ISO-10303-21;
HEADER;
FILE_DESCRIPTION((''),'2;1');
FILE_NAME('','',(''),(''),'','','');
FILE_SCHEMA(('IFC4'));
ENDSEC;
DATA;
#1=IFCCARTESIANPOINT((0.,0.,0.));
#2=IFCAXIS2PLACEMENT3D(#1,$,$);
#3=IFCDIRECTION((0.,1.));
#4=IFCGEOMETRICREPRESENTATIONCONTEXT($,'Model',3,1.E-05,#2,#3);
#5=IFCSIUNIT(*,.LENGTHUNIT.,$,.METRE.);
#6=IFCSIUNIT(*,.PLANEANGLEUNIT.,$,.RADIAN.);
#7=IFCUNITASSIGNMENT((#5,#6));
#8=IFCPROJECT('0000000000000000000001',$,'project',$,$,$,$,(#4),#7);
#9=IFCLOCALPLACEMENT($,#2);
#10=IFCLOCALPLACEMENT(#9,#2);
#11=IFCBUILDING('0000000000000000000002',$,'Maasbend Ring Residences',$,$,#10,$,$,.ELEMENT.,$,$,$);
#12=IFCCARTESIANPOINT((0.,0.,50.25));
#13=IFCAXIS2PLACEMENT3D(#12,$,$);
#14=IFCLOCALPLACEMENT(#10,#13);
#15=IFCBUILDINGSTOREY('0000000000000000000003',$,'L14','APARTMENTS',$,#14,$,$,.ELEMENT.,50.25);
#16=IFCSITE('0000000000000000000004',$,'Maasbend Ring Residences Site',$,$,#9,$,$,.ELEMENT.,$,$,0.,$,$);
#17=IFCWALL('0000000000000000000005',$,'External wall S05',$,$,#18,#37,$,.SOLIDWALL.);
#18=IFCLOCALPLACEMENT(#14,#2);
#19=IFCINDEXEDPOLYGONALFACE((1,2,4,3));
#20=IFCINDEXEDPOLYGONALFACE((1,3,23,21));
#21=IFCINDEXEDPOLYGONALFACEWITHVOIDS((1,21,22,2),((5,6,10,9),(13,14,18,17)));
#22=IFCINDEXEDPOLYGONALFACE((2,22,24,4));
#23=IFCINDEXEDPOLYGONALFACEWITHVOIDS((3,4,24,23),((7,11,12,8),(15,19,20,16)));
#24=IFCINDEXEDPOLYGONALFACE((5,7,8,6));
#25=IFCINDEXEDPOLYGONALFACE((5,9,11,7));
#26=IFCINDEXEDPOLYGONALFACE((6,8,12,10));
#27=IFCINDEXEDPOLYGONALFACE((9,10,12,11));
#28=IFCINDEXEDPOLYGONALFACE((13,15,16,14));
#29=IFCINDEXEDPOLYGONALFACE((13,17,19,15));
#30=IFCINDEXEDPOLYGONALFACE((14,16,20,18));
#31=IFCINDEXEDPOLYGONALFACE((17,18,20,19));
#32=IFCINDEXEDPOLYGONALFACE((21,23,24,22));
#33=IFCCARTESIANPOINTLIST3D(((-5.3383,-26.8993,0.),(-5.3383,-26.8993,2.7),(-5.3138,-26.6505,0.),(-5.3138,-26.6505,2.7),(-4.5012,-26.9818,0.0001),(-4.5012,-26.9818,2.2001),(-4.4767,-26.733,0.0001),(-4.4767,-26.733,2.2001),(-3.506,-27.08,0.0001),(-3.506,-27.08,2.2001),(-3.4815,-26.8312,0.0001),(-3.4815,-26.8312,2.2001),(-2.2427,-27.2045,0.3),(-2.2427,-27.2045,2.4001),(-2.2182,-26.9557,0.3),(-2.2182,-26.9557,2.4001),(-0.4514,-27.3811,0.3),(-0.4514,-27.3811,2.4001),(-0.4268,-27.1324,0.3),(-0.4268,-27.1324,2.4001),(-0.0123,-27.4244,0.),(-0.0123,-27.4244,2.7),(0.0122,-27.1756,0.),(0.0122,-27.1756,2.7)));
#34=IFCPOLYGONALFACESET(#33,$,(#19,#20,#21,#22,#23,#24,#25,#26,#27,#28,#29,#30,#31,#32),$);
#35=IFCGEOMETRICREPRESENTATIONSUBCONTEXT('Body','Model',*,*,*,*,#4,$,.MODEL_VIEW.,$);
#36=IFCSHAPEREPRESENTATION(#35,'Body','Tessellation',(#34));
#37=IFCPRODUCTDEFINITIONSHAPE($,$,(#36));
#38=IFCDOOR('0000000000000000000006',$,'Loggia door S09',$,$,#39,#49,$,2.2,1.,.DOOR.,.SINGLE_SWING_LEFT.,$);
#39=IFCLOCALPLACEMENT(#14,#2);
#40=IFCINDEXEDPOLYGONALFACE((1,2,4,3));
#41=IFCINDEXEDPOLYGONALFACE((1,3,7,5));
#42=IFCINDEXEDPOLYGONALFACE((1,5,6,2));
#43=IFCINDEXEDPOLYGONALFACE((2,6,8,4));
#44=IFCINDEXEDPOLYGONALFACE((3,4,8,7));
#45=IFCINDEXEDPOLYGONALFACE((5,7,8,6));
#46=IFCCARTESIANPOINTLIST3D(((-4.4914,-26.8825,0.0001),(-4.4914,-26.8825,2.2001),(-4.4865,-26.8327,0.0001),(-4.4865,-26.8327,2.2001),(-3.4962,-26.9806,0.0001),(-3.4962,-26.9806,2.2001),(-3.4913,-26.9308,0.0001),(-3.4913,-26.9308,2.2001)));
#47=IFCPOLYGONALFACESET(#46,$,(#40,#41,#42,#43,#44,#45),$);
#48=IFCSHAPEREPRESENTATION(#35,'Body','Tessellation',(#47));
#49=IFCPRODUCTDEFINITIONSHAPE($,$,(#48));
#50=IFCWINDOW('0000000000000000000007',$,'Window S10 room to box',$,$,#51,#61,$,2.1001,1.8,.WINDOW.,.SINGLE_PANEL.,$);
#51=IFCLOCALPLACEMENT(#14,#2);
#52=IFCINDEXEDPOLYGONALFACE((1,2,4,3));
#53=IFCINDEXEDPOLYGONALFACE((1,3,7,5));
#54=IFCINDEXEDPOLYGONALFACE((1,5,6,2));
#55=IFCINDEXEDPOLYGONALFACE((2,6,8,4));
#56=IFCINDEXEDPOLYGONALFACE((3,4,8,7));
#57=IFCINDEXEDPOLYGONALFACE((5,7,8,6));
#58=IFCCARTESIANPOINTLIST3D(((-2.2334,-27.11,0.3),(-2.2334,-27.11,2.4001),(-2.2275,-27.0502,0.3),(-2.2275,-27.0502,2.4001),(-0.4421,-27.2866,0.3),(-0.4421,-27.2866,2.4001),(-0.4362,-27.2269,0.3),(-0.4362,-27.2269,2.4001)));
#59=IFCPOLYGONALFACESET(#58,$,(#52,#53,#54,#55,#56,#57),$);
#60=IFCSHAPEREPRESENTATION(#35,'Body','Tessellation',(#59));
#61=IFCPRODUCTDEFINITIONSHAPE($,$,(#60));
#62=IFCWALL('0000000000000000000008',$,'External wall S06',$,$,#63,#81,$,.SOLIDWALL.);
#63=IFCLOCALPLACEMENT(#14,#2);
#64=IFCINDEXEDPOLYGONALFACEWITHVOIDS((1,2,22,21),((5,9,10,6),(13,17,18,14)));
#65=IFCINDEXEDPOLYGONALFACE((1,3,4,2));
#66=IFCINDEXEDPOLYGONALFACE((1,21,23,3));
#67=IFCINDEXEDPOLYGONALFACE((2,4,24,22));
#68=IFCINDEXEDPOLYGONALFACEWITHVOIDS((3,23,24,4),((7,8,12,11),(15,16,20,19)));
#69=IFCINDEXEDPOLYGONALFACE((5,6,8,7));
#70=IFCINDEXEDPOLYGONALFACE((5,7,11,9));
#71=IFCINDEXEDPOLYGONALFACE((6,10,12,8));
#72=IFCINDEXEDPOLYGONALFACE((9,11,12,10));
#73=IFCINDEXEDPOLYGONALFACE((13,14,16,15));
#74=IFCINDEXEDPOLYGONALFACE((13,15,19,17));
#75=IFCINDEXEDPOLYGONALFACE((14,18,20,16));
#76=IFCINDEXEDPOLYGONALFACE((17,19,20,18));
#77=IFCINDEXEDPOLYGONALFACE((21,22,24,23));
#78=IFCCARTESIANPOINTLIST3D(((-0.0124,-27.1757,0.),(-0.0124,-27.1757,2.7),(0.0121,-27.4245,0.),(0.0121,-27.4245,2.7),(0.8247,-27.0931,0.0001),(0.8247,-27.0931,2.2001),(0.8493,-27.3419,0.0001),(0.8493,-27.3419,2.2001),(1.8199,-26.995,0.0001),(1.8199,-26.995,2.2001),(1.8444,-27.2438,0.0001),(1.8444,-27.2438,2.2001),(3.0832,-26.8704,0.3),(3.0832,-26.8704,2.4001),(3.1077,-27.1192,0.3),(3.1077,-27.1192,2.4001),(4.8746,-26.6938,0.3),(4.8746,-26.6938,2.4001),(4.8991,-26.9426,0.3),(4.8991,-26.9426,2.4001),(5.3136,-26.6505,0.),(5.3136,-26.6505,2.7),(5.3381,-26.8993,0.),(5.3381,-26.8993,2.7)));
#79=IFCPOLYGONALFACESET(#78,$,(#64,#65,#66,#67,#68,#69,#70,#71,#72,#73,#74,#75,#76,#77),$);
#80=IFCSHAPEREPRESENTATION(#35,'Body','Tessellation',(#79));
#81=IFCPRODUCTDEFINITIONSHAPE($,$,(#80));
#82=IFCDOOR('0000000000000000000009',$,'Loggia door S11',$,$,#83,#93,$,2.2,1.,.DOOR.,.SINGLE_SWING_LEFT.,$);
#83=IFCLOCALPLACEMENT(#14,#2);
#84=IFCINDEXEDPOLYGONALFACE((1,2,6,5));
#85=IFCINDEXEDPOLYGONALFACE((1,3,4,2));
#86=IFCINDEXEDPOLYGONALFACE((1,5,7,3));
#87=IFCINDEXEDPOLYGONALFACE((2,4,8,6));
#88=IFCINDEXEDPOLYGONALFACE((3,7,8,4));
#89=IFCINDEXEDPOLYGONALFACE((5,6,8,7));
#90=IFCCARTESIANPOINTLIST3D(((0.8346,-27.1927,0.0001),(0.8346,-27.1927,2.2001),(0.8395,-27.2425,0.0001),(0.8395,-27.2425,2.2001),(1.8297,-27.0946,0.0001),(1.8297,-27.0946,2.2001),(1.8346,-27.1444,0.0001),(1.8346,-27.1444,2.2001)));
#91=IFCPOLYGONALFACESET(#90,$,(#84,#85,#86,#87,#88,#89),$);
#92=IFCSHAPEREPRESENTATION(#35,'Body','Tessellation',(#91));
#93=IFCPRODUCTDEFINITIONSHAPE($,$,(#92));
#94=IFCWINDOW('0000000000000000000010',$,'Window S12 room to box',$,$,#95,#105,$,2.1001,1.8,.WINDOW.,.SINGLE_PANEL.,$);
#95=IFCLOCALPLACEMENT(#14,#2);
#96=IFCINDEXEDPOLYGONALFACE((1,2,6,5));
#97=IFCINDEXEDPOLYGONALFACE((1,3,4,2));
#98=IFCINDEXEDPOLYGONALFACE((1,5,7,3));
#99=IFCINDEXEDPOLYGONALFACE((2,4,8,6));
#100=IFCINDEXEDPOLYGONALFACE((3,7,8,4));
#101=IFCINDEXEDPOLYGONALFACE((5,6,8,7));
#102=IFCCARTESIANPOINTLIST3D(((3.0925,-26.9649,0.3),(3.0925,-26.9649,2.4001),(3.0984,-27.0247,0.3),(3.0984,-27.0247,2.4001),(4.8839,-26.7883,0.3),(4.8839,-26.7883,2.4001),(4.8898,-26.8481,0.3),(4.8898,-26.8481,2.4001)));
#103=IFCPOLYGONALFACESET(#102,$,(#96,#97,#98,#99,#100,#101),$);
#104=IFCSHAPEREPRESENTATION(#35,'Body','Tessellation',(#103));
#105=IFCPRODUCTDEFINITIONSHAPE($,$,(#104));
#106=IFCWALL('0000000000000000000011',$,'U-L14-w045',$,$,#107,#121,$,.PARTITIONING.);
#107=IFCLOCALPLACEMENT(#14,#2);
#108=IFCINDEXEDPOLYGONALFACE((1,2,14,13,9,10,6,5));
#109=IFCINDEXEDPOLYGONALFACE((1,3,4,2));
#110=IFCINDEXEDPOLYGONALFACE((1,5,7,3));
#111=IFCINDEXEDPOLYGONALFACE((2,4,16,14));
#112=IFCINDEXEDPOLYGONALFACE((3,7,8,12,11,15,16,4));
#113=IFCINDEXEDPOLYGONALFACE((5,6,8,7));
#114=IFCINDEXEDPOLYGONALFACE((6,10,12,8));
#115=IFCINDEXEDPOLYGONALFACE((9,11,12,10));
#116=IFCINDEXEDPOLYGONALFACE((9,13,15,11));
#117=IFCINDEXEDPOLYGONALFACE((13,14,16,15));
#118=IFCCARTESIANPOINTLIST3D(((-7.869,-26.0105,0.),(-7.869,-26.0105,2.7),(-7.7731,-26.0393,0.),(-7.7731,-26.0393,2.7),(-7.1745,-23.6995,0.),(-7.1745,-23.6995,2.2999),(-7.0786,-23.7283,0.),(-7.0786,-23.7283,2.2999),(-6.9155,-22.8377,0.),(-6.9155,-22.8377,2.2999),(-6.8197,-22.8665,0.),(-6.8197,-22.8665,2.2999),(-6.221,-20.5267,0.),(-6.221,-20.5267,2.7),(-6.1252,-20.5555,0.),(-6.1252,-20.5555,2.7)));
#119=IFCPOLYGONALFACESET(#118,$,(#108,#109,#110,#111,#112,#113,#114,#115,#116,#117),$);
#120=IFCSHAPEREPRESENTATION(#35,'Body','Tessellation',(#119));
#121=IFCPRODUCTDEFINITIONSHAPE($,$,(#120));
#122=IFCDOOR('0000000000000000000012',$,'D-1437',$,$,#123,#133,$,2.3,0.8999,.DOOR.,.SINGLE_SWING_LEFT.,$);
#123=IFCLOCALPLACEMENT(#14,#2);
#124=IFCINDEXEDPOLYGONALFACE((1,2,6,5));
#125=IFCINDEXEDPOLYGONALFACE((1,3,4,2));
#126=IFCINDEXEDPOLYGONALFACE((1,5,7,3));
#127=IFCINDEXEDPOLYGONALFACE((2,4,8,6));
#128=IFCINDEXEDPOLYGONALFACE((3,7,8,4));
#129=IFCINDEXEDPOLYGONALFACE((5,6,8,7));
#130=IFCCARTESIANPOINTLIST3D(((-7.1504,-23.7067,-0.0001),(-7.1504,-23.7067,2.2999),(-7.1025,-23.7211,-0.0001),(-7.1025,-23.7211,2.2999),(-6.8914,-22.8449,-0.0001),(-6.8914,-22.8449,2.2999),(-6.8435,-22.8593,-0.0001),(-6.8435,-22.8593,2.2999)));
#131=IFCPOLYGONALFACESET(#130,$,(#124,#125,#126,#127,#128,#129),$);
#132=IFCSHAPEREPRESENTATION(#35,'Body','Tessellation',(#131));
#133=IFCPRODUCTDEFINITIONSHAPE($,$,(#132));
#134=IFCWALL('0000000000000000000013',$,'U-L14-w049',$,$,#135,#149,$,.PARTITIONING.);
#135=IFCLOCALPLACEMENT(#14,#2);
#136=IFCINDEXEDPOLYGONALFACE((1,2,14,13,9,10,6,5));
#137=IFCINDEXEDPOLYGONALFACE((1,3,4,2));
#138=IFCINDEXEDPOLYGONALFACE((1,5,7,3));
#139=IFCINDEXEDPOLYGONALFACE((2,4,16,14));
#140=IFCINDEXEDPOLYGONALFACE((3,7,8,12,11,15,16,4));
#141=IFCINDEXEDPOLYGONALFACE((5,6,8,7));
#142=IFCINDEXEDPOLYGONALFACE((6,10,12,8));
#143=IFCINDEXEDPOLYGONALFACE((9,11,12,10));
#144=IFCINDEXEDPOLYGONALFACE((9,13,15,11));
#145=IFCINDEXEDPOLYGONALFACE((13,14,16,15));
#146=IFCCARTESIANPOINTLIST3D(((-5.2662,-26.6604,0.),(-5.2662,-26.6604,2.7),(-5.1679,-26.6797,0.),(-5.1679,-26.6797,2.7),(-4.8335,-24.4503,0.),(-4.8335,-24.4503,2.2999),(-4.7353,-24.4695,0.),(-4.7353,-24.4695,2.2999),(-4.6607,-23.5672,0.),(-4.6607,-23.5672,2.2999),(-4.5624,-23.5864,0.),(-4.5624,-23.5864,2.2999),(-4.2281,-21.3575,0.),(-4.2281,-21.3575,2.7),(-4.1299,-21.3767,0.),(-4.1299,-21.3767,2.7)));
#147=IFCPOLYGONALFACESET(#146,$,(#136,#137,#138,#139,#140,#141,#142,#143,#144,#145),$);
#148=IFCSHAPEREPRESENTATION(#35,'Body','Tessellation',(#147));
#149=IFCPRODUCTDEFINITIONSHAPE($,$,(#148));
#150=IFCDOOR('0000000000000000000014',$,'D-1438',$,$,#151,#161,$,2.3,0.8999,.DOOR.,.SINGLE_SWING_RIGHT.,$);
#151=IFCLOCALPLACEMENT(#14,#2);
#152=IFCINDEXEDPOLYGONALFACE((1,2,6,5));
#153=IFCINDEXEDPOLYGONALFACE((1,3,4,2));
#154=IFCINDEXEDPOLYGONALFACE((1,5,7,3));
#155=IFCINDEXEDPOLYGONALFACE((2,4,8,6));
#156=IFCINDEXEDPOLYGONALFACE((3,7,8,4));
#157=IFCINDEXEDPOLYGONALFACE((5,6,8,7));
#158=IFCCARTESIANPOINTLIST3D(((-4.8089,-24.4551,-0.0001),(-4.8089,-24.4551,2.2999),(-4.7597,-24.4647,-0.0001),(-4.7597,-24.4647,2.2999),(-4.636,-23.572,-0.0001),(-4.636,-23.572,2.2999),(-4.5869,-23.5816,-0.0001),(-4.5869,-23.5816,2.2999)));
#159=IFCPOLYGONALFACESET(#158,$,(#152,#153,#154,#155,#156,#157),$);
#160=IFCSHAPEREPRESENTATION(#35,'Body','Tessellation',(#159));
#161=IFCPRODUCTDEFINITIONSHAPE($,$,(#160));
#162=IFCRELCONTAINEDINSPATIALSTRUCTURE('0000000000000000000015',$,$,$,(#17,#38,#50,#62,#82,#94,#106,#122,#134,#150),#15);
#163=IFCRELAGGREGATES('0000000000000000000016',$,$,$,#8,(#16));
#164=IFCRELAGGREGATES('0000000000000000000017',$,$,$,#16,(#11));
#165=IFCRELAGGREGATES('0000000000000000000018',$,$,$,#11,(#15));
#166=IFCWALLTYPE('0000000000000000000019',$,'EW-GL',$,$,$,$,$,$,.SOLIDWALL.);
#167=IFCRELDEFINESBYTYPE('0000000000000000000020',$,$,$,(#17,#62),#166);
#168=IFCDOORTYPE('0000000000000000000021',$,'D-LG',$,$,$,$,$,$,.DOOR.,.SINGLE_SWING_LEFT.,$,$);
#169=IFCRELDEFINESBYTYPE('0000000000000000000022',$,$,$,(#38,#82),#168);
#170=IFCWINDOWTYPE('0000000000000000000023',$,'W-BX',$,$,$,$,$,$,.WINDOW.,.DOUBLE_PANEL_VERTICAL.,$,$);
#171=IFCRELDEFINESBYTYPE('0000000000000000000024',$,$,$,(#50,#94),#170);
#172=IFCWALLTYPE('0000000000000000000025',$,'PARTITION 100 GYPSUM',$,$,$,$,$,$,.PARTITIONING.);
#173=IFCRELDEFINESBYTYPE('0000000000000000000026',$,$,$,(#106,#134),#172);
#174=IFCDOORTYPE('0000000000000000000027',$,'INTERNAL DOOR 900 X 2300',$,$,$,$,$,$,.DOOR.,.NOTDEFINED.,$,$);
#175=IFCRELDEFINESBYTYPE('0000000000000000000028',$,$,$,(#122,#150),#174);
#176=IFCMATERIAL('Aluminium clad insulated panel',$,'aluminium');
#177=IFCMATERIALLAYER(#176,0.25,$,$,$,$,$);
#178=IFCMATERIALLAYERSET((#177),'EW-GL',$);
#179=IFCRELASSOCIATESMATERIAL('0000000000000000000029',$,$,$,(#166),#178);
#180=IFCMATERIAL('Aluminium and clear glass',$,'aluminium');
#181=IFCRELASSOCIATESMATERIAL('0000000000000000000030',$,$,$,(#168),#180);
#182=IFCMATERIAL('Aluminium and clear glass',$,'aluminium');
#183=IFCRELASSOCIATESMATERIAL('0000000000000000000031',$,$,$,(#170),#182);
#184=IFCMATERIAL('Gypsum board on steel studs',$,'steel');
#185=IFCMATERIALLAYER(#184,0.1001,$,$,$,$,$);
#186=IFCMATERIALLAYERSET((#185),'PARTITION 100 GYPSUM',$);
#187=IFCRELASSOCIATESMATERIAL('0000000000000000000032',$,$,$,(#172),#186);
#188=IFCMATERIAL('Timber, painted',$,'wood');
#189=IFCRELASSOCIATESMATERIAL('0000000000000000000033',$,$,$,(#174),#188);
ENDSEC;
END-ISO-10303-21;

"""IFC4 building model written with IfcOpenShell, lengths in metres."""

from ifc_helpers import new_model, si_unit, direction, frame, frame_2d, origin, place, context, subcontext, project, spatial, rectangle, extrude, material, layer, layer_set, type_object, element, fill, save


model = new_model("IFC4")

# Units and contexts
model_context = context("Model", 3, precision=1e-05, world=origin(), true_north=direction((0.0, 1.0)))
body_context = subcontext(model_context, "Body", "Model", "MODEL_VIEW")
ifc_project = project(units=[si_unit("LENGTHUNIT", "METRE"), si_unit("PLANEANGLEUNIT", "RADIAN")], contexts=[model_context])

# Site, building, storey
site_placement = place(None, origin())
site = spatial("IfcSite", under=ifc_project, at=site_placement, Name="Maasbend Ring Residences Site", CompositionType="ELEMENT", RefElevation=0.0)
building_placement = place(site_placement, origin())
building = spatial("IfcBuilding", under=site, at=building_placement, Name="Maasbend Ring Residences", CompositionType="ELEMENT")
storey_placement = place(building_placement, frame((0.0, 0.0, 50.25)))
storey = spatial("IfcBuildingStorey", under=building, at=storey_placement, Name="L14", Description="APARTMENTS", CompositionType="ELEMENT", Elevation=50.25)

# Walls, openings, doors, windows
ifc_material_1 = material(Name="Aluminium clad insulated panel", Category="aluminium")
ifc_layer_1 = layer(ifc_material_1, 0.25)
ifc_layer_set_1 = layer_set([ifc_layer_1], Name="EW-GL")
wall_type_1 = type_object("IfcWallType", Name="EW-GL", PredefinedType="SOLIDWALL", material=ifc_layer_set_1)
wall_1_placement = place(storey_placement, frame((-5.3259, -26.7749, 0.0), z_axis=(0.0, 0.0, 1.0), x_axis=(0.995174, -0.098126, 0.0)))
wall_1 = element("IfcWall", 1, at=wall_1_placement, inside=storey, type_object=wall_type_1, Name="External wall S05", PredefinedType="SOLIDWALL", context=body_context, shape_type="SweptSolid", body=[
    extrude(rectangle(XDim=5.3518, YDim=0.25, at=frame_2d((2.6758, 0.0))), origin(), (0.0, 0.0, 1.0), 2.7),
])
opening_1_placement = place(wall_1_placement, frame((0.8411, 0.0, 0.0)))
opening_1 = element("IfcOpeningElement", 2, at=opening_1_placement, cuts=wall_1, PredefinedType="OPENING", context=body_context, shape_type="SweptSolid", body=[
    extrude(rectangle(XDim=1.0, YDim=2.2, at=frame_2d((0.5, 1.1001))), frame((0.0, 0.135, 0.0), z_axis=(0.0, -1.0, 0.0), x_axis=(1.0, 0.0, 0.0)), (0.0, 0.0, 1.0), 0.27),
])
opening_2_placement = place(wall_1_placement, frame((3.1106, 0.0, 0.3)))
opening_2 = element("IfcOpeningElement", 3, at=opening_2_placement, cuts=wall_1, PredefinedType="OPENING", context=body_context, shape_type="SweptSolid", body=[
    extrude(rectangle(XDim=1.8, YDim=2.1001, at=frame_2d((0.8999, 1.05))), frame((0.0, 0.135, 0.0), z_axis=(0.0, -1.0, 0.0), x_axis=(1.0, 0.0, 0.0)), (0.0, 0.0, 1.0), 0.27),
])
ifc_material_2 = material(Name="Aluminium and clear glass", Category="aluminium")
door_type_1 = type_object("IfcDoorType", Name="D-LG", OperationType="SINGLE_SWING_LEFT", PredefinedType="DOOR", material=ifc_material_2)
door_1_placement = place(opening_1_placement, origin())
door_1 = element("IfcDoor", 4, at=door_1_placement, inside=storey, type_object=door_type_1, Name="Loggia door S09", OperationType="SINGLE_SWING_LEFT", OverallHeight=2.2, OverallWidth=1.0, PredefinedType="DOOR", context=body_context, shape_type="SweptSolid", body=[
    extrude(rectangle(XDim=1.0, YDim=2.2, at=frame_2d((0.5, 1.1001))), frame((0.0, 0.0249, 0.0), z_axis=(0.0, -1.0, 0.0), x_axis=(1.0, 0.0, 0.0)), (0.0, 0.0, 1.0), 0.05),
])
fill(opening_1, door_1)
ifc_material_3 = material(Name="Aluminium and clear glass", Category="aluminium")
window_type_1 = type_object("IfcWindowType", Name="W-BX", PartitioningType="DOUBLE_PANEL_VERTICAL", PredefinedType="WINDOW", material=ifc_material_3)
window_1_placement = place(opening_2_placement, origin())
window_1 = element("IfcWindow", 5, at=window_1_placement, inside=storey, type_object=window_type_1, Name="Window S10 room to box", OverallHeight=2.1001, OverallWidth=1.8, PartitioningType="SINGLE_PANEL", PredefinedType="WINDOW", context=body_context, shape_type="SweptSolid", body=[
    extrude(rectangle(XDim=1.8, YDim=2.1001, at=frame_2d((0.8999, 1.05))), frame((0.0, 0.03, 0.0), z_axis=(0.0, -1.0, 0.0), x_axis=(1.0, 0.0, 0.0)), (0.0, 0.0, 1.0), 0.0601),
])
fill(opening_2, window_1)
wall_2_placement = place(storey_placement, frame((0.0, -27.3, 0.0), z_axis=(0.0, 0.0, 1.0), x_axis=(0.995174, 0.098126, 0.0)))
wall_2 = element("IfcWall", 6, at=wall_2_placement, inside=storey, type_object=wall_type_1, Name="External wall S06", PredefinedType="SOLIDWALL", context=body_context, shape_type="SweptSolid", body=[
    extrude(rectangle(XDim=5.3518, YDim=0.25, at=frame_2d((2.6758, 0.0))), origin(), (0.0, 0.0, 1.0), 2.7),
])
opening_3_placement = place(wall_2_placement, frame((0.8411, 0.0, 0.0)))
opening_3 = element("IfcOpeningElement", 7, at=opening_3_placement, cuts=wall_2, PredefinedType="OPENING", context=body_context, shape_type="SweptSolid", body=[
    extrude(rectangle(XDim=1.0, YDim=2.2, at=frame_2d((0.5, 1.1001))), frame((0.0, 0.135, 0.0), z_axis=(0.0, -1.0, 0.0), x_axis=(1.0, 0.0, 0.0)), (0.0, 0.0, 1.0), 0.27),
])
opening_4_placement = place(wall_2_placement, frame((3.1106, 0.0, 0.3)))
opening_4 = element("IfcOpeningElement", 8, at=opening_4_placement, cuts=wall_2, PredefinedType="OPENING", context=body_context, shape_type="SweptSolid", body=[
    extrude(rectangle(XDim=1.8, YDim=2.1001, at=frame_2d((0.8999, 1.05))), frame((0.0, 0.135, 0.0), z_axis=(0.0, -1.0, 0.0), x_axis=(1.0, 0.0, 0.0)), (0.0, 0.0, 1.0), 0.27),
])
door_2_placement = place(opening_3_placement, origin())
door_2 = element("IfcDoor", 9, at=door_2_placement, inside=storey, type_object=door_type_1, Name="Loggia door S11", OperationType="SINGLE_SWING_LEFT", OverallHeight=2.2, OverallWidth=1.0, PredefinedType="DOOR", context=body_context, shape_type="SweptSolid", body=[
    extrude(rectangle(XDim=1.0, YDim=2.2, at=frame_2d((0.5, 1.1001))), frame((0.0, 0.0249, 0.0), z_axis=(0.0, -1.0, 0.0), x_axis=(1.0, 0.0, 0.0)), (0.0, 0.0, 1.0), 0.05),
])
fill(opening_3, door_2)
window_2_placement = place(opening_4_placement, origin())
window_2 = element("IfcWindow", 10, at=window_2_placement, inside=storey, type_object=window_type_1, Name="Window S12 room to box", OverallHeight=2.1001, OverallWidth=1.8, PartitioningType="SINGLE_PANEL", PredefinedType="WINDOW", context=body_context, shape_type="SweptSolid", body=[
    extrude(rectangle(XDim=1.8, YDim=2.1001, at=frame_2d((0.8999, 1.05))), frame((0.0, 0.03, 0.0), z_axis=(0.0, -1.0, 0.0), x_axis=(1.0, 0.0, 0.0)), (0.0, 0.0, 1.0), 0.0601),
])
fill(opening_4, window_2)

# Walls, openings, doors
ifc_material_4 = material(Name="Gypsum board on steel studs", Category="steel")
ifc_layer_2 = layer(ifc_material_4, 0.1001)
ifc_layer_set_2 = layer_set([ifc_layer_2], Name="PARTITION 100 GYPSUM")
wall_type_2 = type_object("IfcWallType", Name="PARTITION 100 GYPSUM", PredefinedType="PARTITIONING", material=ifc_layer_set_2)
wall_3_placement = place(storey_placement, frame((-7.821, -26.0249, 0.0), z_axis=(0.0, 0.0, 1.0), x_axis=(0.287794, 0.957692, 0.0)))
wall_3 = element("IfcWall", 11, at=wall_3_placement, inside=storey, type_object=wall_type_2, Name="U-L14-w045", PredefinedType="PARTITIONING", context=body_context, shape_type="SweptSolid", body=[
    extrude(rectangle(XDim=5.7261, YDim=0.1001, at=frame_2d((2.863, 0.0))), origin(), (0.0, 0.0, 1.0), 2.7),
])
opening_5_placement = place(wall_3_placement, frame((2.4131, 0.0, 0.0)))
opening_5 = element("IfcOpeningElement", 12, at=opening_5_placement, cuts=wall_3, PredefinedType="OPENING", context=body_context, shape_type="SweptSolid", body=[
    extrude(rectangle(XDim=0.8999, YDim=2.3, at=frame_2d((0.45, 1.1499))), frame((0.0, 0.0601, 0.0), z_axis=(0.0, -1.0, 0.0), x_axis=(1.0, 0.0, 0.0)), (0.0, 0.0, 1.0), 0.1201),
])
ifc_material_5 = material(Name="Timber, painted", Category="wood")
door_type_2 = type_object("IfcDoorType", Name="INTERNAL DOOR 900 X 2300", OperationType="NOTDEFINED", PredefinedType="DOOR", material=ifc_material_5)
door_3_placement = place(opening_5_placement, origin())
door_3 = element("IfcDoor", 13, at=door_3_placement, inside=storey, type_object=door_type_2, Name="D-1437", OperationType="SINGLE_SWING_LEFT", OverallHeight=2.3, OverallWidth=0.8999, PredefinedType="DOOR", context=body_context, shape_type="SweptSolid", body=[
    extrude(rectangle(XDim=0.8999, YDim=2.3, at=frame_2d((0.45, 1.1499))), frame((0.0, 0.0249, 0.0), z_axis=(0.0, -1.0, 0.0), x_axis=(1.0, 0.0, 0.0)), (0.0, 0.0, 1.0), 0.05),
])
fill(opening_5, door_3)
wall_4_placement = place(storey_placement, frame((-5.217, -26.6699, 0.0), z_axis=(0.0, 0.0, 1.0), x_axis=(0.192109, 0.981374, 0.0)))
wall_4 = element("IfcWall", 14, at=wall_4_placement, inside=storey, type_object=wall_type_2, Name="U-L14-w049", PredefinedType="PARTITIONING", context=body_context, shape_type="SweptSolid", body=[
    extrude(rectangle(XDim=5.4036, YDim=0.1001, at=frame_2d((2.7017, 0.0))), origin(), (0.0, 0.0, 1.0), 2.7),
])
opening_6_placement = place(wall_4_placement, frame((2.252, 0.0, 0.0)))
opening_6 = element("IfcOpeningElement", 15, at=opening_6_placement, cuts=wall_4, PredefinedType="OPENING", context=body_context, shape_type="SweptSolid", body=[
    extrude(rectangle(XDim=0.8999, YDim=2.3, at=frame_2d((0.45, 1.1499))), frame((0.0, 0.0601, 0.0), z_axis=(0.0, -1.0, 0.0), x_axis=(1.0, 0.0, 0.0)), (0.0, 0.0, 1.0), 0.1201),
])
door_4_placement = place(opening_6_placement, origin())
door_4 = element("IfcDoor", 16, at=door_4_placement, inside=storey, type_object=door_type_2, Name="D-1438", OperationType="SINGLE_SWING_RIGHT", OverallHeight=2.3, OverallWidth=0.8999, PredefinedType="DOOR", context=body_context, shape_type="SweptSolid", body=[
    extrude(rectangle(XDim=0.8999, YDim=2.3, at=frame_2d((0.45, 1.1499))), frame((0.0, 0.0249, 0.0), z_axis=(0.0, -1.0, 0.0), x_axis=(1.0, 0.0, 0.0)), (0.0, 0.0, 1.0), 0.05),
])
fill(opening_6, door_4)

save(model, "model.ifc")
